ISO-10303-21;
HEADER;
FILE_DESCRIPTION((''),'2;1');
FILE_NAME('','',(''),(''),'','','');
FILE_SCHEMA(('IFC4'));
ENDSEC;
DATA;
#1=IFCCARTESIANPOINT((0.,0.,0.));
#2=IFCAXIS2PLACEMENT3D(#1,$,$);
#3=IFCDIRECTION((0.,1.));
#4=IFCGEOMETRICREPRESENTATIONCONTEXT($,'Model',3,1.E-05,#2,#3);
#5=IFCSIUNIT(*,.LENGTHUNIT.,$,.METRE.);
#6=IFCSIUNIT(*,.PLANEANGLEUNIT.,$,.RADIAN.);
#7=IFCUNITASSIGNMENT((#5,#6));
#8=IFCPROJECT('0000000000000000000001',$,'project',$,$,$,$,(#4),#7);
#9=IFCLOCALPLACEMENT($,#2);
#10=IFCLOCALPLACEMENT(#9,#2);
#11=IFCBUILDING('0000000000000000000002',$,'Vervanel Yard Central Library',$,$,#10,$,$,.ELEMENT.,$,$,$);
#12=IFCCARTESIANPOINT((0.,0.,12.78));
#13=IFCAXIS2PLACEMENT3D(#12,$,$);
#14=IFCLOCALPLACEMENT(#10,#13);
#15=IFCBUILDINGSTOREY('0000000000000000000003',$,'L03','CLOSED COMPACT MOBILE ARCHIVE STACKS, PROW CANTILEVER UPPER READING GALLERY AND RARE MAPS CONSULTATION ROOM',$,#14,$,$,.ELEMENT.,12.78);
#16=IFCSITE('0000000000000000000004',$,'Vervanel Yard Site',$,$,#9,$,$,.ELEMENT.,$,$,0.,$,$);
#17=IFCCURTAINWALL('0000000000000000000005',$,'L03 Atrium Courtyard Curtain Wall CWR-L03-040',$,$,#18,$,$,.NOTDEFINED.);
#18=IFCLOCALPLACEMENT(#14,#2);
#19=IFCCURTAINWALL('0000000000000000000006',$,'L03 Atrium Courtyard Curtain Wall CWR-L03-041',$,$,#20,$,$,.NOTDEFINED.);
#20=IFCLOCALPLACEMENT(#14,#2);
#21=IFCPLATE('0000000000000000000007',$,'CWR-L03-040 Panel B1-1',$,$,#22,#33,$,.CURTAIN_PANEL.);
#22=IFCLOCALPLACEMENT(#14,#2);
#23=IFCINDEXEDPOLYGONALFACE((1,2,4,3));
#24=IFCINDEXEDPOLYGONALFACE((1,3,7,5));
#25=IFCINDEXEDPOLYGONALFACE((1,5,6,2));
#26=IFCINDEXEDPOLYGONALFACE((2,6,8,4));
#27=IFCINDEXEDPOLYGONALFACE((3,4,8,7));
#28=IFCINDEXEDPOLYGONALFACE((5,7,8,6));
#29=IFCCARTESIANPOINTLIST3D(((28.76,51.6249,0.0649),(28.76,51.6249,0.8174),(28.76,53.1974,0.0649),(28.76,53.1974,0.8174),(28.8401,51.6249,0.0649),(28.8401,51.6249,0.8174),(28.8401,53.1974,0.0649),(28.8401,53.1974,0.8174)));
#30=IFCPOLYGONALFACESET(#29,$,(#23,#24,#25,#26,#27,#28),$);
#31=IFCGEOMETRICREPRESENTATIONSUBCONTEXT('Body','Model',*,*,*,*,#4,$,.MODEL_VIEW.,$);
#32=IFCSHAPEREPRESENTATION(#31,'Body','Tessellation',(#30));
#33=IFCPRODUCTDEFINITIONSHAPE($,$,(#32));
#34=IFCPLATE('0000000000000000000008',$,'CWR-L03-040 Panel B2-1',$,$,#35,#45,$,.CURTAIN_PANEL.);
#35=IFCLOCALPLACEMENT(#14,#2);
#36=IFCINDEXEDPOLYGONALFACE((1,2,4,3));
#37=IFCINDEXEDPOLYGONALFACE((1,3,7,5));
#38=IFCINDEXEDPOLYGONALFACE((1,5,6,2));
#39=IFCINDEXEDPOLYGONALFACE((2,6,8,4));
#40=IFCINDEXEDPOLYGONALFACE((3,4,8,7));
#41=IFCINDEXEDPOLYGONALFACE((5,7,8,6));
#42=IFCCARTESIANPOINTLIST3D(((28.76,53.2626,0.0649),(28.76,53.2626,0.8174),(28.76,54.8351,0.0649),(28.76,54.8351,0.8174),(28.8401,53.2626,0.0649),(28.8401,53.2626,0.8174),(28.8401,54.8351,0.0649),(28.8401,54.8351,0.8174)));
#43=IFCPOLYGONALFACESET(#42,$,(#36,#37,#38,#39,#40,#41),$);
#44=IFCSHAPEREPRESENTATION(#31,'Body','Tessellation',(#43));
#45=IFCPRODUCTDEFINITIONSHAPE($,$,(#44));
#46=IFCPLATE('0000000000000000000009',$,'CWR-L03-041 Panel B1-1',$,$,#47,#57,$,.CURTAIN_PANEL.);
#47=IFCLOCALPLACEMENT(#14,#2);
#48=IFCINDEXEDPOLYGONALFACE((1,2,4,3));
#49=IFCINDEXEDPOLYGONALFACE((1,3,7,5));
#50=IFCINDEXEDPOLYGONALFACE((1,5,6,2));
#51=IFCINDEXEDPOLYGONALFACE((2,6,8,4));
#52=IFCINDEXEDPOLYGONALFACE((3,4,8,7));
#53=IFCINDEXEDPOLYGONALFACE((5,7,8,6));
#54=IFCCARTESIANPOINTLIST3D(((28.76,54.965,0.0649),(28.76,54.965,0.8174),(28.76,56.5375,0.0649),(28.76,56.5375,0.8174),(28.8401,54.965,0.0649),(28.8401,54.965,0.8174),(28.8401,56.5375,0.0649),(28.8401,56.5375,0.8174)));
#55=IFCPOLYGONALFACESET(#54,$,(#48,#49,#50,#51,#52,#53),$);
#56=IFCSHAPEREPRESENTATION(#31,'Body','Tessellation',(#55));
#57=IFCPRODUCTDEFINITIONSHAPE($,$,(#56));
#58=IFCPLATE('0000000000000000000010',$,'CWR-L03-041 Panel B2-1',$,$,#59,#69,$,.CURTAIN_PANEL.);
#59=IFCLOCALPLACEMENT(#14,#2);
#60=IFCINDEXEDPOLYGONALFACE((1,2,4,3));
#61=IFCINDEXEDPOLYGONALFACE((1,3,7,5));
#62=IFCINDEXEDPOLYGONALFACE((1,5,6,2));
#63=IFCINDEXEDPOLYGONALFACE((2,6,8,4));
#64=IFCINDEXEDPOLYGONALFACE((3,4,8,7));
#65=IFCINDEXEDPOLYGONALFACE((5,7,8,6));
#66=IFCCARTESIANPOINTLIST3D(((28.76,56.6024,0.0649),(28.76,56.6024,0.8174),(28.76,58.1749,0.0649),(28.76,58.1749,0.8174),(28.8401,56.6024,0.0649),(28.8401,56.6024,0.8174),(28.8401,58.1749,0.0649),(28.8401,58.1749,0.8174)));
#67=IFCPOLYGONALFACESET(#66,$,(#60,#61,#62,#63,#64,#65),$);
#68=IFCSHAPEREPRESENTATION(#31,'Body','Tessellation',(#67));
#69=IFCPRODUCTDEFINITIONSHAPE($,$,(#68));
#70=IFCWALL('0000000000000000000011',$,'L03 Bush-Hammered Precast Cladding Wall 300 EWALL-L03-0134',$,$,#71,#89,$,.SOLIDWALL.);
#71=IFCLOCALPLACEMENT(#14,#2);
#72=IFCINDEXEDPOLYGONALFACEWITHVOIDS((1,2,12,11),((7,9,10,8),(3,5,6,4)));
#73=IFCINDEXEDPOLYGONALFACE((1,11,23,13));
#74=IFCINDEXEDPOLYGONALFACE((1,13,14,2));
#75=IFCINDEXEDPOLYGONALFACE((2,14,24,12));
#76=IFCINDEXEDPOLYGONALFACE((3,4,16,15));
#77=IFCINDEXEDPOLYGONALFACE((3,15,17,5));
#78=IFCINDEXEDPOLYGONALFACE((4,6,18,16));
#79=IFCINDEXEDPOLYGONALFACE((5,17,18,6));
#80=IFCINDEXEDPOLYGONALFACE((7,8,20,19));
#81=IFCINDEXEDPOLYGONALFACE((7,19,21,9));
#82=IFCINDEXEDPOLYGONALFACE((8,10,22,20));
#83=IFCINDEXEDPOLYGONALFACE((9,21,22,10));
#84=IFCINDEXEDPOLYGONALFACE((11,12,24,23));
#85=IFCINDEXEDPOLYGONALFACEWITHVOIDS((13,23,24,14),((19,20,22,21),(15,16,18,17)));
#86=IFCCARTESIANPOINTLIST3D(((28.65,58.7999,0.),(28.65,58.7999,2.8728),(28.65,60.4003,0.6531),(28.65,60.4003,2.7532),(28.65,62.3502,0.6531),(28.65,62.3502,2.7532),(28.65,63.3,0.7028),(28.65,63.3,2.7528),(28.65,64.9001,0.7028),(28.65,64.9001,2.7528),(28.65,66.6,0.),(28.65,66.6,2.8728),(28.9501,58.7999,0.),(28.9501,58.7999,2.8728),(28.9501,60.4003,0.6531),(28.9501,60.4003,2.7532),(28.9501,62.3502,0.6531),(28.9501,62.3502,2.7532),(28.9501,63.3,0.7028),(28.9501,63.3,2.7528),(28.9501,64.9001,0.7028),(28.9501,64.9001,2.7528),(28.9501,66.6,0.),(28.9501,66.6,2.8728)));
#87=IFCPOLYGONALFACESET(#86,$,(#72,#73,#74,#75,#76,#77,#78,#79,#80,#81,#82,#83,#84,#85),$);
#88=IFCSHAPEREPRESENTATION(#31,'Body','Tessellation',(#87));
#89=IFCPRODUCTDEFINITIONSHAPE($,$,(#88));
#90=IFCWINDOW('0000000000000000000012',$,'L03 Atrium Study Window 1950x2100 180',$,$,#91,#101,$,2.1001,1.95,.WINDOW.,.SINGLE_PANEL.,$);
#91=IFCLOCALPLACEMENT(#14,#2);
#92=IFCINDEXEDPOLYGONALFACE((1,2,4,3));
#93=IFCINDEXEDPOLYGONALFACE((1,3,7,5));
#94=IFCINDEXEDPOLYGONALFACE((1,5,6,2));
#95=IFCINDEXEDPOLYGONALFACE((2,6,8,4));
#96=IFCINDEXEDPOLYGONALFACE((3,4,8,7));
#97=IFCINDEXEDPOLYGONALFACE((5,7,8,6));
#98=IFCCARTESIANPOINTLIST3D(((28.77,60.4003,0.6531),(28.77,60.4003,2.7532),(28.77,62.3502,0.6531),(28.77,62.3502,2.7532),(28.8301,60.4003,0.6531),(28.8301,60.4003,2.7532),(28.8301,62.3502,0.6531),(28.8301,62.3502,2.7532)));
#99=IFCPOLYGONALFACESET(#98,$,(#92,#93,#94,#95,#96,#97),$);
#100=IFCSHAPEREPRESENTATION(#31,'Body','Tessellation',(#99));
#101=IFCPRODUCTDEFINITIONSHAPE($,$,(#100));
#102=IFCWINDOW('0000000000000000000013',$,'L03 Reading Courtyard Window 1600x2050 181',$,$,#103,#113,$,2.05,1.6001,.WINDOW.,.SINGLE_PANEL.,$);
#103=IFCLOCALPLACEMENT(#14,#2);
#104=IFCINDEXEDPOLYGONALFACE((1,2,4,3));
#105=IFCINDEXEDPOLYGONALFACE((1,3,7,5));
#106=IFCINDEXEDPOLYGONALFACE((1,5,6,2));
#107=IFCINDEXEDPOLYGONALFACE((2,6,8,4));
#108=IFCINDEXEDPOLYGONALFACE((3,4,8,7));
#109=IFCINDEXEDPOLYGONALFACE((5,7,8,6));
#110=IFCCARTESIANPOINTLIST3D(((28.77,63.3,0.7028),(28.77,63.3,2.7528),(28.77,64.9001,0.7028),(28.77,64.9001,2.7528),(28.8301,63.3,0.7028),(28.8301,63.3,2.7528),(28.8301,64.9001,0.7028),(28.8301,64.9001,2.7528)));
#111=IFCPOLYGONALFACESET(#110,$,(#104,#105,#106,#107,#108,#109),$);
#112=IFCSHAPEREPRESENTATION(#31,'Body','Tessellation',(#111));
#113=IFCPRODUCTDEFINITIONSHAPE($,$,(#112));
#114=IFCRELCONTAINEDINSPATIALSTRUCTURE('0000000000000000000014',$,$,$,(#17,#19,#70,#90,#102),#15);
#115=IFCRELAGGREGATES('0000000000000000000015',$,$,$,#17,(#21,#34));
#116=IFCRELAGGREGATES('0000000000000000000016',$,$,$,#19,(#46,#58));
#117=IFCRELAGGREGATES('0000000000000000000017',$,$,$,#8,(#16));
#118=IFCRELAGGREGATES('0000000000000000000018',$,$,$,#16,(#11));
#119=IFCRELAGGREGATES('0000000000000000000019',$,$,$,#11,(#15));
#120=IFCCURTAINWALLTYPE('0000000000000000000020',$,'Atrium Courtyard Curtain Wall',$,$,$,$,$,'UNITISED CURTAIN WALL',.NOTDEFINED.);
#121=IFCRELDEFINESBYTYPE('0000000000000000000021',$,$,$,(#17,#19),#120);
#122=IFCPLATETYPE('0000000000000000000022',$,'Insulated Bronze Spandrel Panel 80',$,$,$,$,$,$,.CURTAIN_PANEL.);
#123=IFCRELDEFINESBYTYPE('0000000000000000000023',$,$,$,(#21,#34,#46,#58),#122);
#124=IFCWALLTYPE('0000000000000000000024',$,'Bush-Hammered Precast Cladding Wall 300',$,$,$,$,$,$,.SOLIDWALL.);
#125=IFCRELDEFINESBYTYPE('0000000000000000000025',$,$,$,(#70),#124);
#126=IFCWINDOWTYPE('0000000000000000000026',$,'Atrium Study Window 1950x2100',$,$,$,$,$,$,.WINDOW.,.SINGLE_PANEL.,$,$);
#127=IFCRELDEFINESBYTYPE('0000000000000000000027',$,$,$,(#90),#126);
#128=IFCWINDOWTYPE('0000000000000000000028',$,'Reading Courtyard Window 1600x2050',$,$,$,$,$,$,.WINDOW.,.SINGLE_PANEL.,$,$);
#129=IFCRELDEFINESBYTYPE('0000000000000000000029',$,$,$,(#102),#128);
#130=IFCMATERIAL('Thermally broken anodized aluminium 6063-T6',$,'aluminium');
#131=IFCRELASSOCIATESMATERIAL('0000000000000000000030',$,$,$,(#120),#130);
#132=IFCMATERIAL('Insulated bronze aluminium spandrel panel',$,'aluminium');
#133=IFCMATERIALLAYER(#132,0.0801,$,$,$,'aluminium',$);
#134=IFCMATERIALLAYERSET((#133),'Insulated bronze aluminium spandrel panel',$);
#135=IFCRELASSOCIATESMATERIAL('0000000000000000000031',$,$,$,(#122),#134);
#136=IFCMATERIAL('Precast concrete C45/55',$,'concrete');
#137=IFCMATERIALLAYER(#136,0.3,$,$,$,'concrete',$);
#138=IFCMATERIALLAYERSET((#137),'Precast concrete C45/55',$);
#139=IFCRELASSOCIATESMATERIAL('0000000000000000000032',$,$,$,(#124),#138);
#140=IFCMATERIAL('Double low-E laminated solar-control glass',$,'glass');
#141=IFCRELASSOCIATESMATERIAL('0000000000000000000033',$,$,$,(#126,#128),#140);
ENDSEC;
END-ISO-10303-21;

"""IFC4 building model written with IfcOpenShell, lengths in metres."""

from ifc_helpers import new_model, si_unit, direction, frame, frame_2d, origin, origin_2d, place, context, subcontext, project, spatial, rectangle, extrude, material, layer, layer_set, type_object, element, fill, aggregate, save


model = new_model("IFC4")

# Units and contexts
model_context = context("Model", 3, precision=1e-05, world=origin(), true_north=direction((0.0, 1.0)))
body_context = subcontext(model_context, "Body", "Model", "MODEL_VIEW")
ifc_project = project(units=[si_unit("LENGTHUNIT", "METRE"), si_unit("PLANEANGLEUNIT", "RADIAN")], contexts=[model_context])

# Site, building, storey
site_placement = place(None, origin())
site = spatial("IfcSite", under=ifc_project, at=site_placement, Name="Vervanel Yard Site", CompositionType="ELEMENT", RefElevation=0.0)
building_placement = place(site_placement, origin())
building = spatial("IfcBuilding", under=site, at=building_placement, Name="Vervanel Yard Central Library", CompositionType="ELEMENT")
storey_placement = place(building_placement, frame((0.0, 0.0, 12.78)))
storey = spatial("IfcBuildingStorey", under=building, at=storey_placement, Name="L03", Description="CLOSED COMPACT MOBILE ARCHIVE STACKS, PROW CANTILEVER UPPER READING GALLERY AND RARE MAPS CONSULTATION ROOM", CompositionType="ELEMENT", Elevation=12.78)

# Curtain walls
ifc_material_1 = material(Name="Thermally broken anodized aluminium 6063-T6", Category="aluminium")
curtain_wall_type = type_object("IfcCurtainWallType", Name="Atrium Courtyard Curtain Wall", ElementType="UNITISED CURTAIN WALL", PredefinedType="NOTDEFINED", material=ifc_material_1)
curtain_wall_1_placement = place(storey_placement, origin())
curtain_wall_1 = element("IfcCurtainWall", 1, at=curtain_wall_1_placement, inside=storey, type_object=curtain_wall_type, Name="L03 Atrium Courtyard Curtain Wall CWR-L03-040", PredefinedType="NOTDEFINED")
curtain_wall_2_placement = place(storey_placement, origin())
curtain_wall_2 = element("IfcCurtainWall", 2, at=curtain_wall_2_placement, inside=storey, type_object=curtain_wall_type, Name="L03 Atrium Courtyard Curtain Wall CWR-L03-041", PredefinedType="NOTDEFINED")

# Plates
ifc_material_2 = material(Name="Double low-E laminated solar-control glass", Category="glass")
ifc_material_3 = material(Name="Insulated bronze aluminium spandrel panel", Category="aluminium")
ifc_layer_1 = layer(ifc_material_3, 0.0801, Category="aluminium")
ifc_layer_set_1 = layer_set([ifc_layer_1], Name="Insulated bronze aluminium spandrel panel")
plate_type_1 = type_object("IfcPlateType", Name="Insulated Bronze Spandrel Panel 80", PredefinedType="CURTAIN_PANEL", material=ifc_layer_set_1)
plate_1_placement = place(storey_placement, frame((28.8, 52.4111, 0.0649), z_axis=(0.0, 0.0, 1.0), x_axis=(0.0, 1.0, 0.0)))
plate_1 = element("IfcPlate", 3, at=plate_1_placement, type_object=plate_type_1, Name="CWR-L03-040 Panel B1-1", PredefinedType="CURTAIN_PANEL", context=body_context, shape_type="SweptSolid", body=[
    extrude(rectangle(XDim=1.5725, YDim=0.0801, at=origin_2d()), origin(), (0.0, 0.0, 1.0), 0.7524),
])
plate_2_placement = place(storey_placement, frame((28.8, 54.0488, 0.0649), z_axis=(0.0, 0.0, 1.0), x_axis=(0.0, 1.0, 0.0)))
plate_2 = element("IfcPlate", 4, at=plate_2_placement, type_object=plate_type_1, Name="CWR-L03-040 Panel B2-1", PredefinedType="CURTAIN_PANEL", context=body_context, shape_type="SweptSolid", body=[
    extrude(rectangle(XDim=1.5725, YDim=0.0801, at=origin_2d()), origin(), (0.0, 0.0, 1.0), 0.7524),
])
aggregate(curtain_wall_1, [plate_1, plate_2])
plate_3_placement = place(storey_placement, frame((28.8, 55.7512, 0.0649), z_axis=(0.0, 0.0, 1.0), x_axis=(0.0, 1.0, 0.0)))
plate_3 = element("IfcPlate", 5, at=plate_3_placement, type_object=plate_type_1, Name="CWR-L03-041 Panel B1-1", PredefinedType="CURTAIN_PANEL", context=body_context, shape_type="SweptSolid", body=[
    extrude(rectangle(XDim=1.5725, YDim=0.0801, at=origin_2d()), origin(), (0.0, 0.0, 1.0), 0.7524),
])
plate_4_placement = place(storey_placement, frame((28.8, 57.3887, 0.0649), z_axis=(0.0, 0.0, 1.0), x_axis=(0.0, 1.0, 0.0)))
plate_4 = element("IfcPlate", 6, at=plate_4_placement, type_object=plate_type_1, Name="CWR-L03-041 Panel B2-1", PredefinedType="CURTAIN_PANEL", context=body_context, shape_type="SweptSolid", body=[
    extrude(rectangle(XDim=1.5725, YDim=0.0801, at=origin_2d()), origin(), (0.0, 0.0, 1.0), 0.7524),
])
aggregate(curtain_wall_2, [plate_3, plate_4])

# Wall, openings, windows
ifc_material_4 = material(Name="Precast concrete C45/55", Category="concrete")
ifc_layer_2 = layer(ifc_material_4, 0.3, Category="concrete")
ifc_layer_set_2 = layer_set([ifc_layer_2], Name="Precast concrete C45/55")
wall_type = type_object("IfcWallType", Name="Bush-Hammered Precast Cladding Wall 300", PredefinedType="SOLIDWALL", material=ifc_layer_set_2)
wall_placement = place(storey_placement, frame((28.8, 58.8, 0.0), z_axis=(0.0, 0.0, 1.0), x_axis=(0.0, 1.0, 0.0)))
wall = element("IfcWall", 7, at=wall_placement, inside=storey, type_object=wall_type, Name="L03 Bush-Hammered Precast Cladding Wall 300 EWALL-L03-0134", PredefinedType="SOLIDWALL", context=body_context, shape_type="SweptSolid", body=[
    extrude(rectangle(XDim=7.8, YDim=0.3, at=frame_2d((3.8999, 0.0))), origin(), (0.0, 0.0, 1.0), 2.8728),
])
opening_1_placement = place(wall_placement, frame((1.6001, 0.0, 0.6531)))
opening_1 = element("IfcOpeningElement", 8, at=opening_1_placement, cuts=wall, PredefinedType="OPENING", context=body_context, shape_type="SweptSolid", body=[
    extrude(rectangle(XDim=1.95, YDim=2.1001, at=frame_2d((0.9751, 1.05))), frame((0.0, 0.1599, 0.0), z_axis=(0.0, -1.0, 0.0), x_axis=(1.0, 0.0, 0.0)), (0.0, 0.0, 1.0), 0.3201),
])
opening_2_placement = place(wall_placement, frame((4.5, 0.0, 0.7029)))
opening_2 = element("IfcOpeningElement", 9, at=opening_2_placement, cuts=wall, PredefinedType="OPENING", context=body_context, shape_type="SweptSolid", body=[
    extrude(rectangle(XDim=1.6001, YDim=2.05, at=frame_2d((0.8, 1.0249))), frame((0.0, 0.1599, 0.0), z_axis=(0.0, -1.0, 0.0), x_axis=(1.0, 0.0, 0.0)), (0.0, 0.0, 1.0), 0.3201),
])
window_type_1 = type_object("IfcWindowType", Name="Atrium Study Window 1950x2100", PartitioningType="SINGLE_PANEL", PredefinedType="WINDOW", material=ifc_material_2)
window_1_placement = place(opening_1_placement, origin())
window_1 = element("IfcWindow", 10, at=window_1_placement, inside=storey, type_object=window_type_1, Name="L03 Atrium Study Window 1950x2100 180", OverallHeight=2.1001, OverallWidth=1.95, PartitioningType="SINGLE_PANEL", PredefinedType="WINDOW", context=body_context, shape_type="SweptSolid", body=[
    extrude(rectangle(XDim=1.95, YDim=2.1001, at=frame_2d((0.9751, 1.05))), frame((0.0, 0.03, 0.0), z_axis=(0.0, -1.0, 0.0), x_axis=(1.0, 0.0, 0.0)), (0.0, 0.0, 1.0), 0.0601),
])
fill(opening_1, window_1)
window_type_2 = type_object("IfcWindowType", Name="Reading Courtyard Window 1600x2050", PartitioningType="SINGLE_PANEL", PredefinedType="WINDOW", material=ifc_material_2)
window_2_placement = place(opening_2_placement, origin())
window_2 = element("IfcWindow", 11, at=window_2_placement, inside=storey, type_object=window_type_2, Name="L03 Reading Courtyard Window 1600x2050 181", OverallHeight=2.05, OverallWidth=1.6001, PartitioningType="SINGLE_PANEL", PredefinedType="WINDOW", context=body_context, shape_type="SweptSolid", body=[
    extrude(rectangle(XDim=1.6001, YDim=2.05, at=frame_2d((0.8, 1.0249))), frame((0.0, 0.03, 0.0), z_axis=(0.0, -1.0, 0.0), x_axis=(1.0, 0.0, 0.0)), (0.0, 0.0, 1.0), 0.0601),
])
fill(opening_2, window_2)

save(model, "model.ifc")
